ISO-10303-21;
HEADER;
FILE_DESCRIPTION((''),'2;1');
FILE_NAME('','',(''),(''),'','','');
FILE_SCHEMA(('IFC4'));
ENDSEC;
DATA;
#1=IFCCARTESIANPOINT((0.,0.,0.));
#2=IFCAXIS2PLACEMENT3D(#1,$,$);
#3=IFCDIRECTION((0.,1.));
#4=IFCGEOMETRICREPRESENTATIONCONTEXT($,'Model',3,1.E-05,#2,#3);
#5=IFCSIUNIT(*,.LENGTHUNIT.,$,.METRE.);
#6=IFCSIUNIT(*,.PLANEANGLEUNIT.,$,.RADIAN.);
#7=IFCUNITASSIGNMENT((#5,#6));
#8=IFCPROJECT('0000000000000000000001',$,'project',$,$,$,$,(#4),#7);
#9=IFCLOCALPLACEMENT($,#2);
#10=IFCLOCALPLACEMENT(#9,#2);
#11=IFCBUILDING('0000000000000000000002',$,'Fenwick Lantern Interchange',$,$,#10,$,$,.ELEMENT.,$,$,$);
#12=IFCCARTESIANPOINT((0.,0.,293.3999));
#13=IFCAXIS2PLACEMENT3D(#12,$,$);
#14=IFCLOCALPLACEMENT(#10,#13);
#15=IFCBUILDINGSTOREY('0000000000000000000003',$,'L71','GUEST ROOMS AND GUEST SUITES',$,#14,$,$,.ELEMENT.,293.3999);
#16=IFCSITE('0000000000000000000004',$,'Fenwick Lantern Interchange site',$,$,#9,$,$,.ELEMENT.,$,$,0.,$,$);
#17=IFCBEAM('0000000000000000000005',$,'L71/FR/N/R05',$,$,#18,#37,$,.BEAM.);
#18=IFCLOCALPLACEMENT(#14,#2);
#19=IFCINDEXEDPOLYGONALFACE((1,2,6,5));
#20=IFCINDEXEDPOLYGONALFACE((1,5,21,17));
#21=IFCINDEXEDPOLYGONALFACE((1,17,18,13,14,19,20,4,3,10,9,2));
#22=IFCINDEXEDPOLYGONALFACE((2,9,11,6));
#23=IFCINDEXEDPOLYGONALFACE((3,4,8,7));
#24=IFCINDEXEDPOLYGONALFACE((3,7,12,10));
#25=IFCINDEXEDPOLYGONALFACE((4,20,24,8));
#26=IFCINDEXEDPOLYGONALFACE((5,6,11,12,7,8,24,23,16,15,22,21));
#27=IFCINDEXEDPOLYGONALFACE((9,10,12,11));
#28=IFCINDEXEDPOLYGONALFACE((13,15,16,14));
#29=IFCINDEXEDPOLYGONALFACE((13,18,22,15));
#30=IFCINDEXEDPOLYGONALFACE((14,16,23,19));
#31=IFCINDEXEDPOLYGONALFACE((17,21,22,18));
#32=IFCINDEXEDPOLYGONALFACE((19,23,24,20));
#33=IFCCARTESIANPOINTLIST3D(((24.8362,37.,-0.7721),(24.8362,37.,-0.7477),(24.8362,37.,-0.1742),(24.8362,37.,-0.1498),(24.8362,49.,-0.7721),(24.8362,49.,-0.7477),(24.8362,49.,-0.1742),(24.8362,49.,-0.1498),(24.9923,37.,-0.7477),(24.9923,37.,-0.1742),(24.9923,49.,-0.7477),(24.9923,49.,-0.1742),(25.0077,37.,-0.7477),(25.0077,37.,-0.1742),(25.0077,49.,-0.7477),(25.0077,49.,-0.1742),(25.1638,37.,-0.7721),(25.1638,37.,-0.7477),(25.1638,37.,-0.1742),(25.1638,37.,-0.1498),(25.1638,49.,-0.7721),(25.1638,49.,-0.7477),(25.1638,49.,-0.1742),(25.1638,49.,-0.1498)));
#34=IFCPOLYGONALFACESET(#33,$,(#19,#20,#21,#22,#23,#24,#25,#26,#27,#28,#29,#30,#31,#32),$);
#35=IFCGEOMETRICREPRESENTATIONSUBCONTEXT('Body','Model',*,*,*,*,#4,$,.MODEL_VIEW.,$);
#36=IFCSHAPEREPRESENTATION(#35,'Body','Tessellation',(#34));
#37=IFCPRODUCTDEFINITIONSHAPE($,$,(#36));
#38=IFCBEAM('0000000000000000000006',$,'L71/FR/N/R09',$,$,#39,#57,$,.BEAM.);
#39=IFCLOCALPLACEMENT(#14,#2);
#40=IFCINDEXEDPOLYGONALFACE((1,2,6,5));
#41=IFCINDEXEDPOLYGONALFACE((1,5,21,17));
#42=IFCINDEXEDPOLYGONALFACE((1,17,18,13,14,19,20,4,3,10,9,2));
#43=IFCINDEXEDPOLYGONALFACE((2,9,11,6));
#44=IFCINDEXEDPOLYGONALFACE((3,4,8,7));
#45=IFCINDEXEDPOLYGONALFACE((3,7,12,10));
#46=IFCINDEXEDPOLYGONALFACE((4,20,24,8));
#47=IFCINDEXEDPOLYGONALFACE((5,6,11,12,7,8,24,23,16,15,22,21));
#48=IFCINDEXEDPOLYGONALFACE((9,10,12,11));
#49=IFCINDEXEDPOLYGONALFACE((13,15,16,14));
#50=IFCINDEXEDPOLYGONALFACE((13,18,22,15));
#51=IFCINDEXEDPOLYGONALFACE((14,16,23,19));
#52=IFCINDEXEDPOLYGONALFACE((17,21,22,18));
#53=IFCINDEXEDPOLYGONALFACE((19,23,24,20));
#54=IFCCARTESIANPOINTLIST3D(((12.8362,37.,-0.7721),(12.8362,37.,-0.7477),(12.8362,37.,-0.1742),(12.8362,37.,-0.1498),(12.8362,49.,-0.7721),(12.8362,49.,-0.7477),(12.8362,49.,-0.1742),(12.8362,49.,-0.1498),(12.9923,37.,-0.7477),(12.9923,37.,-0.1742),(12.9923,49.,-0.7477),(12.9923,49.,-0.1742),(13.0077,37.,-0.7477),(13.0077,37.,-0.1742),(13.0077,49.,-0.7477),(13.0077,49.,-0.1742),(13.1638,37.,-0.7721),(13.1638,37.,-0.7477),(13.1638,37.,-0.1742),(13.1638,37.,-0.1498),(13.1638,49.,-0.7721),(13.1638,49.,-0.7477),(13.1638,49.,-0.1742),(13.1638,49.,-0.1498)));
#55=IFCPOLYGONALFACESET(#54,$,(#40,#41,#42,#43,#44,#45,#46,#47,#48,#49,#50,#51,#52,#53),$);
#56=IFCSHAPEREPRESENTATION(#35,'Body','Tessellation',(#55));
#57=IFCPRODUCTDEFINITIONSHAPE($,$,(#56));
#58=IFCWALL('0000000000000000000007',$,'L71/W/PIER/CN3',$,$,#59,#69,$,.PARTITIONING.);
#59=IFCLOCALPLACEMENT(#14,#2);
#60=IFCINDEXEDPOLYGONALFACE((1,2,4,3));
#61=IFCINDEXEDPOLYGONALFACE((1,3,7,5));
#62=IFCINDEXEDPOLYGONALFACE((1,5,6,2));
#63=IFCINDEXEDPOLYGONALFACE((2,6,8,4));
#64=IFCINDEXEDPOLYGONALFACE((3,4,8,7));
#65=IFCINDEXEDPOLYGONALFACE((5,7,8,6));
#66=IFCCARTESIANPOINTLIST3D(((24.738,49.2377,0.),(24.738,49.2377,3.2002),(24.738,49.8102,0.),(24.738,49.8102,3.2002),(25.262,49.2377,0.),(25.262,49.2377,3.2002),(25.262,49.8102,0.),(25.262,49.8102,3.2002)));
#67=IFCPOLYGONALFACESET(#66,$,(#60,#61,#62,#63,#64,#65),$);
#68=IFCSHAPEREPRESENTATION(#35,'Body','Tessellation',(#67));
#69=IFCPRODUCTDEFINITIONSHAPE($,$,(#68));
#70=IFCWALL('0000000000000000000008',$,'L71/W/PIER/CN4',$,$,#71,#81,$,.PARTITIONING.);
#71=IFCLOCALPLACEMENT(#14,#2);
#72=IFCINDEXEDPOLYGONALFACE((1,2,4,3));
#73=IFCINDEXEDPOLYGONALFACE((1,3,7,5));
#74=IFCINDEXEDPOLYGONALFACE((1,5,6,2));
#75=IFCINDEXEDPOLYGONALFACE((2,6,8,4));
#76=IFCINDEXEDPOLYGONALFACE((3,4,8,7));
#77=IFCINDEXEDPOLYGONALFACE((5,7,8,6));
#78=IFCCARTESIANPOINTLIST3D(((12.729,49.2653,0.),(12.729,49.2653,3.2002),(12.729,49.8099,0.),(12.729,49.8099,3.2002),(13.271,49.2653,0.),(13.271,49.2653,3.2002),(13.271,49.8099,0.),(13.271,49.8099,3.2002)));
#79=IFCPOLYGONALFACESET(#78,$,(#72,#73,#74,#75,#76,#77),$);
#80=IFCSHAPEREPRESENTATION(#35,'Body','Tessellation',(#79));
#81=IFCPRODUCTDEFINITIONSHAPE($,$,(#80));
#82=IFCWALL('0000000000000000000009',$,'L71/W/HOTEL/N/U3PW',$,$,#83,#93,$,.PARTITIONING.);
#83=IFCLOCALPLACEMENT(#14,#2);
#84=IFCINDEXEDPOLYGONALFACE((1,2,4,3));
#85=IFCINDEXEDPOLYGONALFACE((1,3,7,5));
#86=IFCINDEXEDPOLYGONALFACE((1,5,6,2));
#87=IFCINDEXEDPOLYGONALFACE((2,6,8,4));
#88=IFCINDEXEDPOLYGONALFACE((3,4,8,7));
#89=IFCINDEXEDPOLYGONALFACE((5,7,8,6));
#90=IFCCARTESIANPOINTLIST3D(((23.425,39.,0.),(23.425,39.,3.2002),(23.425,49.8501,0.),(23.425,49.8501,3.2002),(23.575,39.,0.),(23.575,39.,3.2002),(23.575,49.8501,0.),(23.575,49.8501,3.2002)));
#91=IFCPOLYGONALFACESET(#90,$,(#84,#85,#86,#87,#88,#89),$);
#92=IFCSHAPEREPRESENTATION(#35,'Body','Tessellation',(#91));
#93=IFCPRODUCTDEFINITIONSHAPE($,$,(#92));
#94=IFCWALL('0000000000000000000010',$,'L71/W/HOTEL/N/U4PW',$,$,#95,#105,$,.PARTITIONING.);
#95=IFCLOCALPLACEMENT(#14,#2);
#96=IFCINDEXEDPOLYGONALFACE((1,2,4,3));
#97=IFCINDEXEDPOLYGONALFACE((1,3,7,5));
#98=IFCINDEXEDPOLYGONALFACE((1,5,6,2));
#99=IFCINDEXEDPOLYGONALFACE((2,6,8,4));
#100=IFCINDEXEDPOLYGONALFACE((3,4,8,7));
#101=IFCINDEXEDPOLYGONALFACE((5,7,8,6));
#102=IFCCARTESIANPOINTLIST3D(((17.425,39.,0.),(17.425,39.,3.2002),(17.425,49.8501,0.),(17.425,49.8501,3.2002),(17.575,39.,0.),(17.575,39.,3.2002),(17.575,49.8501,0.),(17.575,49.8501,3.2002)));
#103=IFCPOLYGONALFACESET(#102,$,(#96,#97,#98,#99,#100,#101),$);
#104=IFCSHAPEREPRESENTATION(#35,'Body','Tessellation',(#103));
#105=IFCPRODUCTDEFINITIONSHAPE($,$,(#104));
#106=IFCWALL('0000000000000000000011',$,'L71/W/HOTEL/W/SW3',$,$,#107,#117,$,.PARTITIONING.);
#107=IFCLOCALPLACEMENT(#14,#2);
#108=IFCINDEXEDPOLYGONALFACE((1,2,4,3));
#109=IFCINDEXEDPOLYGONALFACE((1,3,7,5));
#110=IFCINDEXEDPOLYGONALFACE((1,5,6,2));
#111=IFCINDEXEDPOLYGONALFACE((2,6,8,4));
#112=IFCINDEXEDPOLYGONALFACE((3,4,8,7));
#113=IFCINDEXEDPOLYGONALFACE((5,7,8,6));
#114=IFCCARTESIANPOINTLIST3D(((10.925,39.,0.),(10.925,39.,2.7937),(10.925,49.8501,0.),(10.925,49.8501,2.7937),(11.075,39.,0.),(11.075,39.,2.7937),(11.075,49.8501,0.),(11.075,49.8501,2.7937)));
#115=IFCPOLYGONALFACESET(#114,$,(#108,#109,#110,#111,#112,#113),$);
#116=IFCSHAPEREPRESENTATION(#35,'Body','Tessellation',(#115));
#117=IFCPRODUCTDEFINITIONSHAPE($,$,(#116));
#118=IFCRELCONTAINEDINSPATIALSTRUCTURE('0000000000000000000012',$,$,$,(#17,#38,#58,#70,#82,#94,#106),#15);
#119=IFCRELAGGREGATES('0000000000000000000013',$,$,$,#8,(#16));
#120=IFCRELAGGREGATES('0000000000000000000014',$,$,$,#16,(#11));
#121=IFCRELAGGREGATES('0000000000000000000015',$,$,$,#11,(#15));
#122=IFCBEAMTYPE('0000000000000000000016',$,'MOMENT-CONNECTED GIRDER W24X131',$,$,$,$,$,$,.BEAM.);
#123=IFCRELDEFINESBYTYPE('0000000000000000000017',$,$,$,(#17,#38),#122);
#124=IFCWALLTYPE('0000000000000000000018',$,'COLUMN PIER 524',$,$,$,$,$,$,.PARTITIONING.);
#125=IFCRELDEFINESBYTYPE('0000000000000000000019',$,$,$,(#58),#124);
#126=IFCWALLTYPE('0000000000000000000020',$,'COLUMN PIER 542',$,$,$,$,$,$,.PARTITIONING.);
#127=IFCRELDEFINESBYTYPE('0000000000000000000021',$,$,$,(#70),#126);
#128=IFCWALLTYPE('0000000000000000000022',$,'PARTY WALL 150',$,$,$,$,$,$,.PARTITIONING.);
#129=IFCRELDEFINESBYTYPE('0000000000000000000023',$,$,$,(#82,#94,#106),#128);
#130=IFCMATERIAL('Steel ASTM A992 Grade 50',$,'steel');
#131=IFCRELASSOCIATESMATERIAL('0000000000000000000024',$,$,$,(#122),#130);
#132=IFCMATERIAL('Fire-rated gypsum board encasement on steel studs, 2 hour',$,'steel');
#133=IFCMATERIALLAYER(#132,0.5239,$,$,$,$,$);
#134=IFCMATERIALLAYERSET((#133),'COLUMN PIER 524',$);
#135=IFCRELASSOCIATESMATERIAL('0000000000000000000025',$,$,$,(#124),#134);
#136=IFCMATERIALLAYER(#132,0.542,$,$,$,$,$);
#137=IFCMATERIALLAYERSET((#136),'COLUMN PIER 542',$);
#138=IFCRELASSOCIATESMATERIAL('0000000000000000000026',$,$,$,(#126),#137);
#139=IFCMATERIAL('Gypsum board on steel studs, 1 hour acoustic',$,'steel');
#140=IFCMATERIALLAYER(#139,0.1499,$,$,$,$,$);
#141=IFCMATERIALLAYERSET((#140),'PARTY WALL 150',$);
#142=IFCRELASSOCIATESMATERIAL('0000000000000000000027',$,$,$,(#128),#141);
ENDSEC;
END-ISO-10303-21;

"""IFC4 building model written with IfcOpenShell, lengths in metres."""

from ifc_helpers import new_model, si_unit, direction, frame, frame_2d, origin, origin_2d, place, context, subcontext, project, spatial, rectangle, i_section, extrude, material, layer, layer_set, material_profile, profile_set, type_object, element, save


model = new_model("IFC4")

# Units and contexts
model_context = context("Model", 3, precision=1e-05, world=origin(), true_north=direction((0.0, 1.0)))
body_context = subcontext(model_context, "Body", "Model", "MODEL_VIEW")
ifc_project = project(units=[si_unit("LENGTHUNIT", "METRE"), si_unit("PLANEANGLEUNIT", "RADIAN")], contexts=[model_context])

# Site, building, storey
site_placement = place(None, origin())
site = spatial("IfcSite", under=ifc_project, at=site_placement, Name="Fenwick Lantern Interchange site", CompositionType="ELEMENT", RefElevation=0.0)
building_placement = place(site_placement, origin())
building = spatial("IfcBuilding", under=site, at=building_placement, Name="Fenwick Lantern Interchange", CompositionType="ELEMENT")
storey_placement = place(building_placement, frame((0.0, 0.0, 293.3999)))
storey = spatial("IfcBuildingStorey", under=building, at=storey_placement, Name="L71", Description="GUEST ROOMS AND GUEST SUITES", CompositionType="ELEMENT", Elevation=293.3999)

# Shared definitions
ifc_material_1 = material(Name="Steel ASTM A992 Grade 50", Category="steel")

# Beams
ifc_material_profile_1 = material_profile(ifc_material_1, i_section(OverallWidth=0.3276, OverallDepth=0.6223, WebThickness=0.0154, FlangeThickness=0.0244, at=origin_2d()), Name="W24X131")
ifc_profile_set_1 = profile_set([ifc_material_profile_1], Name="Steel ASTM A992 Grade 50")
beam_type_1 = type_object("IfcBeamType", Name="MOMENT-CONNECTED GIRDER W24X131", PredefinedType="BEAM", material=ifc_profile_set_1)
for number, where, z_axis, x_axis, name in (
    (1, (25.0, 49.0, -0.4609), (0.0, -1.0, 0.0), (1.0, 0.0, 0.0), "L71/FR/N/R05"),
    (2, (13.0, 49.0, -0.4609), (0.0, -1.0, 0.0), (1.0, 0.0, 0.0), "L71/FR/N/R09"),
):
    element("IfcBeam", number, at=place(storey_placement, frame(where, z_axis=z_axis, x_axis=x_axis)), inside=storey, type_object=beam_type_1, Name=name, PredefinedType="BEAM", context=body_context, shape_type="SweptSolid", body=[
        extrude(i_section(OverallWidth=0.3276, OverallDepth=0.6223, WebThickness=0.0154, FlangeThickness=0.0244, at=origin_2d()), origin(), (0.0, 0.0, 1.0), 12.0),
    ])

# Walls
ifc_material_2 = material(Name="Fire-rated gypsum board encasement on steel studs, 2 hour", Category="steel")
ifc_layer_1 = layer(ifc_material_2, 0.5239)
ifc_layer_set_1 = layer_set([ifc_layer_1], Name="COLUMN PIER 524")
wall_type_1 = type_object("IfcWallType", Name="COLUMN PIER 524", PredefinedType="PARTITIONING", material=ifc_layer_set_1)
wall_1_placement = place(storey_placement, frame((25.0, 49.8101, 0.0), z_axis=(0.0, 0.0, 1.0), x_axis=(0.0, -1.0, 0.0)))
element("IfcWall", 3, at=wall_1_placement, inside=storey, type_object=wall_type_1, Name="L71/W/PIER/CN3", PredefinedType="PARTITIONING", context=body_context, shape_type="SweptSolid", body=[
    extrude(rectangle(XDim=0.5725, YDim=0.5239, at=frame_2d((0.2861, 0.0))), origin(), (0.0, 0.0, 1.0), 3.2002),
])
ifc_layer_2 = layer(ifc_material_2, 0.542)
ifc_layer_set_2 = layer_set([ifc_layer_2], Name="COLUMN PIER 542")
wall_type_2 = type_object("IfcWallType", Name="COLUMN PIER 542", PredefinedType="PARTITIONING", material=ifc_layer_set_2)
wall_2_placement = place(storey_placement, frame((13.0, 49.8101, 0.0), z_axis=(0.0, 0.0, 1.0), x_axis=(0.0, -1.0, 0.0)))
element("IfcWall", 4, at=wall_2_placement, inside=storey, type_object=wall_type_2, Name="L71/W/PIER/CN4", PredefinedType="PARTITIONING", context=body_context, shape_type="SweptSolid", body=[
    extrude(rectangle(XDim=0.5447, YDim=0.542, at=frame_2d((0.2725, 0.0))), origin(), (0.0, 0.0, 1.0), 3.2002),
])
ifc_material_3 = material(Name="Gypsum board on steel studs, 1 hour acoustic", Category="steel")
ifc_layer_3 = layer(ifc_material_3, 0.1499)
ifc_layer_set_3 = layer_set([ifc_layer_3], Name="PARTY WALL 150")
wall_type_3 = type_object("IfcWallType", Name="PARTY WALL 150", PredefinedType="PARTITIONING", material=ifc_layer_set_3)
for number, where, z_axis, x_axis, name in (
    (5, (23.5, 49.8501, 0.0), (0.0, 0.0, 1.0), (0.0, -1.0, 0.0), "L71/W/HOTEL/N/U3PW"),
    (6, (17.5, 49.8501, 0.0), (0.0, 0.0, 1.0), (0.0, -1.0, 0.0), "L71/W/HOTEL/N/U4PW"),
):
    element("IfcWall", number, at=place(storey_placement, frame(where, z_axis=z_axis, x_axis=x_axis)), inside=storey, type_object=wall_type_3, Name=name, PredefinedType="PARTITIONING", context=body_context, shape_type="SweptSolid", body=[
        extrude(rectangle(XDim=10.8501, YDim=0.1499, at=frame_2d((5.425, 0.0))), origin(), (0.0, 0.0, 1.0), 3.2002),
    ])
wall_3_placement = place(storey_placement, frame((11.0, 49.8501, 0.0), z_axis=(0.0, 0.0, 1.0), x_axis=(0.0, -1.0, 0.0)))
element("IfcWall", 7, at=wall_3_placement, inside=storey, type_object=wall_type_3, Name="L71/W/HOTEL/W/SW3", PredefinedType="PARTITIONING", context=body_context, shape_type="SweptSolid", body=[
    extrude(rectangle(XDim=10.8501, YDim=0.1499, at=frame_2d((5.425, 0.0))), origin(), (0.0, 0.0, 1.0), 2.7937),
])

save(model, "model.ifc")
